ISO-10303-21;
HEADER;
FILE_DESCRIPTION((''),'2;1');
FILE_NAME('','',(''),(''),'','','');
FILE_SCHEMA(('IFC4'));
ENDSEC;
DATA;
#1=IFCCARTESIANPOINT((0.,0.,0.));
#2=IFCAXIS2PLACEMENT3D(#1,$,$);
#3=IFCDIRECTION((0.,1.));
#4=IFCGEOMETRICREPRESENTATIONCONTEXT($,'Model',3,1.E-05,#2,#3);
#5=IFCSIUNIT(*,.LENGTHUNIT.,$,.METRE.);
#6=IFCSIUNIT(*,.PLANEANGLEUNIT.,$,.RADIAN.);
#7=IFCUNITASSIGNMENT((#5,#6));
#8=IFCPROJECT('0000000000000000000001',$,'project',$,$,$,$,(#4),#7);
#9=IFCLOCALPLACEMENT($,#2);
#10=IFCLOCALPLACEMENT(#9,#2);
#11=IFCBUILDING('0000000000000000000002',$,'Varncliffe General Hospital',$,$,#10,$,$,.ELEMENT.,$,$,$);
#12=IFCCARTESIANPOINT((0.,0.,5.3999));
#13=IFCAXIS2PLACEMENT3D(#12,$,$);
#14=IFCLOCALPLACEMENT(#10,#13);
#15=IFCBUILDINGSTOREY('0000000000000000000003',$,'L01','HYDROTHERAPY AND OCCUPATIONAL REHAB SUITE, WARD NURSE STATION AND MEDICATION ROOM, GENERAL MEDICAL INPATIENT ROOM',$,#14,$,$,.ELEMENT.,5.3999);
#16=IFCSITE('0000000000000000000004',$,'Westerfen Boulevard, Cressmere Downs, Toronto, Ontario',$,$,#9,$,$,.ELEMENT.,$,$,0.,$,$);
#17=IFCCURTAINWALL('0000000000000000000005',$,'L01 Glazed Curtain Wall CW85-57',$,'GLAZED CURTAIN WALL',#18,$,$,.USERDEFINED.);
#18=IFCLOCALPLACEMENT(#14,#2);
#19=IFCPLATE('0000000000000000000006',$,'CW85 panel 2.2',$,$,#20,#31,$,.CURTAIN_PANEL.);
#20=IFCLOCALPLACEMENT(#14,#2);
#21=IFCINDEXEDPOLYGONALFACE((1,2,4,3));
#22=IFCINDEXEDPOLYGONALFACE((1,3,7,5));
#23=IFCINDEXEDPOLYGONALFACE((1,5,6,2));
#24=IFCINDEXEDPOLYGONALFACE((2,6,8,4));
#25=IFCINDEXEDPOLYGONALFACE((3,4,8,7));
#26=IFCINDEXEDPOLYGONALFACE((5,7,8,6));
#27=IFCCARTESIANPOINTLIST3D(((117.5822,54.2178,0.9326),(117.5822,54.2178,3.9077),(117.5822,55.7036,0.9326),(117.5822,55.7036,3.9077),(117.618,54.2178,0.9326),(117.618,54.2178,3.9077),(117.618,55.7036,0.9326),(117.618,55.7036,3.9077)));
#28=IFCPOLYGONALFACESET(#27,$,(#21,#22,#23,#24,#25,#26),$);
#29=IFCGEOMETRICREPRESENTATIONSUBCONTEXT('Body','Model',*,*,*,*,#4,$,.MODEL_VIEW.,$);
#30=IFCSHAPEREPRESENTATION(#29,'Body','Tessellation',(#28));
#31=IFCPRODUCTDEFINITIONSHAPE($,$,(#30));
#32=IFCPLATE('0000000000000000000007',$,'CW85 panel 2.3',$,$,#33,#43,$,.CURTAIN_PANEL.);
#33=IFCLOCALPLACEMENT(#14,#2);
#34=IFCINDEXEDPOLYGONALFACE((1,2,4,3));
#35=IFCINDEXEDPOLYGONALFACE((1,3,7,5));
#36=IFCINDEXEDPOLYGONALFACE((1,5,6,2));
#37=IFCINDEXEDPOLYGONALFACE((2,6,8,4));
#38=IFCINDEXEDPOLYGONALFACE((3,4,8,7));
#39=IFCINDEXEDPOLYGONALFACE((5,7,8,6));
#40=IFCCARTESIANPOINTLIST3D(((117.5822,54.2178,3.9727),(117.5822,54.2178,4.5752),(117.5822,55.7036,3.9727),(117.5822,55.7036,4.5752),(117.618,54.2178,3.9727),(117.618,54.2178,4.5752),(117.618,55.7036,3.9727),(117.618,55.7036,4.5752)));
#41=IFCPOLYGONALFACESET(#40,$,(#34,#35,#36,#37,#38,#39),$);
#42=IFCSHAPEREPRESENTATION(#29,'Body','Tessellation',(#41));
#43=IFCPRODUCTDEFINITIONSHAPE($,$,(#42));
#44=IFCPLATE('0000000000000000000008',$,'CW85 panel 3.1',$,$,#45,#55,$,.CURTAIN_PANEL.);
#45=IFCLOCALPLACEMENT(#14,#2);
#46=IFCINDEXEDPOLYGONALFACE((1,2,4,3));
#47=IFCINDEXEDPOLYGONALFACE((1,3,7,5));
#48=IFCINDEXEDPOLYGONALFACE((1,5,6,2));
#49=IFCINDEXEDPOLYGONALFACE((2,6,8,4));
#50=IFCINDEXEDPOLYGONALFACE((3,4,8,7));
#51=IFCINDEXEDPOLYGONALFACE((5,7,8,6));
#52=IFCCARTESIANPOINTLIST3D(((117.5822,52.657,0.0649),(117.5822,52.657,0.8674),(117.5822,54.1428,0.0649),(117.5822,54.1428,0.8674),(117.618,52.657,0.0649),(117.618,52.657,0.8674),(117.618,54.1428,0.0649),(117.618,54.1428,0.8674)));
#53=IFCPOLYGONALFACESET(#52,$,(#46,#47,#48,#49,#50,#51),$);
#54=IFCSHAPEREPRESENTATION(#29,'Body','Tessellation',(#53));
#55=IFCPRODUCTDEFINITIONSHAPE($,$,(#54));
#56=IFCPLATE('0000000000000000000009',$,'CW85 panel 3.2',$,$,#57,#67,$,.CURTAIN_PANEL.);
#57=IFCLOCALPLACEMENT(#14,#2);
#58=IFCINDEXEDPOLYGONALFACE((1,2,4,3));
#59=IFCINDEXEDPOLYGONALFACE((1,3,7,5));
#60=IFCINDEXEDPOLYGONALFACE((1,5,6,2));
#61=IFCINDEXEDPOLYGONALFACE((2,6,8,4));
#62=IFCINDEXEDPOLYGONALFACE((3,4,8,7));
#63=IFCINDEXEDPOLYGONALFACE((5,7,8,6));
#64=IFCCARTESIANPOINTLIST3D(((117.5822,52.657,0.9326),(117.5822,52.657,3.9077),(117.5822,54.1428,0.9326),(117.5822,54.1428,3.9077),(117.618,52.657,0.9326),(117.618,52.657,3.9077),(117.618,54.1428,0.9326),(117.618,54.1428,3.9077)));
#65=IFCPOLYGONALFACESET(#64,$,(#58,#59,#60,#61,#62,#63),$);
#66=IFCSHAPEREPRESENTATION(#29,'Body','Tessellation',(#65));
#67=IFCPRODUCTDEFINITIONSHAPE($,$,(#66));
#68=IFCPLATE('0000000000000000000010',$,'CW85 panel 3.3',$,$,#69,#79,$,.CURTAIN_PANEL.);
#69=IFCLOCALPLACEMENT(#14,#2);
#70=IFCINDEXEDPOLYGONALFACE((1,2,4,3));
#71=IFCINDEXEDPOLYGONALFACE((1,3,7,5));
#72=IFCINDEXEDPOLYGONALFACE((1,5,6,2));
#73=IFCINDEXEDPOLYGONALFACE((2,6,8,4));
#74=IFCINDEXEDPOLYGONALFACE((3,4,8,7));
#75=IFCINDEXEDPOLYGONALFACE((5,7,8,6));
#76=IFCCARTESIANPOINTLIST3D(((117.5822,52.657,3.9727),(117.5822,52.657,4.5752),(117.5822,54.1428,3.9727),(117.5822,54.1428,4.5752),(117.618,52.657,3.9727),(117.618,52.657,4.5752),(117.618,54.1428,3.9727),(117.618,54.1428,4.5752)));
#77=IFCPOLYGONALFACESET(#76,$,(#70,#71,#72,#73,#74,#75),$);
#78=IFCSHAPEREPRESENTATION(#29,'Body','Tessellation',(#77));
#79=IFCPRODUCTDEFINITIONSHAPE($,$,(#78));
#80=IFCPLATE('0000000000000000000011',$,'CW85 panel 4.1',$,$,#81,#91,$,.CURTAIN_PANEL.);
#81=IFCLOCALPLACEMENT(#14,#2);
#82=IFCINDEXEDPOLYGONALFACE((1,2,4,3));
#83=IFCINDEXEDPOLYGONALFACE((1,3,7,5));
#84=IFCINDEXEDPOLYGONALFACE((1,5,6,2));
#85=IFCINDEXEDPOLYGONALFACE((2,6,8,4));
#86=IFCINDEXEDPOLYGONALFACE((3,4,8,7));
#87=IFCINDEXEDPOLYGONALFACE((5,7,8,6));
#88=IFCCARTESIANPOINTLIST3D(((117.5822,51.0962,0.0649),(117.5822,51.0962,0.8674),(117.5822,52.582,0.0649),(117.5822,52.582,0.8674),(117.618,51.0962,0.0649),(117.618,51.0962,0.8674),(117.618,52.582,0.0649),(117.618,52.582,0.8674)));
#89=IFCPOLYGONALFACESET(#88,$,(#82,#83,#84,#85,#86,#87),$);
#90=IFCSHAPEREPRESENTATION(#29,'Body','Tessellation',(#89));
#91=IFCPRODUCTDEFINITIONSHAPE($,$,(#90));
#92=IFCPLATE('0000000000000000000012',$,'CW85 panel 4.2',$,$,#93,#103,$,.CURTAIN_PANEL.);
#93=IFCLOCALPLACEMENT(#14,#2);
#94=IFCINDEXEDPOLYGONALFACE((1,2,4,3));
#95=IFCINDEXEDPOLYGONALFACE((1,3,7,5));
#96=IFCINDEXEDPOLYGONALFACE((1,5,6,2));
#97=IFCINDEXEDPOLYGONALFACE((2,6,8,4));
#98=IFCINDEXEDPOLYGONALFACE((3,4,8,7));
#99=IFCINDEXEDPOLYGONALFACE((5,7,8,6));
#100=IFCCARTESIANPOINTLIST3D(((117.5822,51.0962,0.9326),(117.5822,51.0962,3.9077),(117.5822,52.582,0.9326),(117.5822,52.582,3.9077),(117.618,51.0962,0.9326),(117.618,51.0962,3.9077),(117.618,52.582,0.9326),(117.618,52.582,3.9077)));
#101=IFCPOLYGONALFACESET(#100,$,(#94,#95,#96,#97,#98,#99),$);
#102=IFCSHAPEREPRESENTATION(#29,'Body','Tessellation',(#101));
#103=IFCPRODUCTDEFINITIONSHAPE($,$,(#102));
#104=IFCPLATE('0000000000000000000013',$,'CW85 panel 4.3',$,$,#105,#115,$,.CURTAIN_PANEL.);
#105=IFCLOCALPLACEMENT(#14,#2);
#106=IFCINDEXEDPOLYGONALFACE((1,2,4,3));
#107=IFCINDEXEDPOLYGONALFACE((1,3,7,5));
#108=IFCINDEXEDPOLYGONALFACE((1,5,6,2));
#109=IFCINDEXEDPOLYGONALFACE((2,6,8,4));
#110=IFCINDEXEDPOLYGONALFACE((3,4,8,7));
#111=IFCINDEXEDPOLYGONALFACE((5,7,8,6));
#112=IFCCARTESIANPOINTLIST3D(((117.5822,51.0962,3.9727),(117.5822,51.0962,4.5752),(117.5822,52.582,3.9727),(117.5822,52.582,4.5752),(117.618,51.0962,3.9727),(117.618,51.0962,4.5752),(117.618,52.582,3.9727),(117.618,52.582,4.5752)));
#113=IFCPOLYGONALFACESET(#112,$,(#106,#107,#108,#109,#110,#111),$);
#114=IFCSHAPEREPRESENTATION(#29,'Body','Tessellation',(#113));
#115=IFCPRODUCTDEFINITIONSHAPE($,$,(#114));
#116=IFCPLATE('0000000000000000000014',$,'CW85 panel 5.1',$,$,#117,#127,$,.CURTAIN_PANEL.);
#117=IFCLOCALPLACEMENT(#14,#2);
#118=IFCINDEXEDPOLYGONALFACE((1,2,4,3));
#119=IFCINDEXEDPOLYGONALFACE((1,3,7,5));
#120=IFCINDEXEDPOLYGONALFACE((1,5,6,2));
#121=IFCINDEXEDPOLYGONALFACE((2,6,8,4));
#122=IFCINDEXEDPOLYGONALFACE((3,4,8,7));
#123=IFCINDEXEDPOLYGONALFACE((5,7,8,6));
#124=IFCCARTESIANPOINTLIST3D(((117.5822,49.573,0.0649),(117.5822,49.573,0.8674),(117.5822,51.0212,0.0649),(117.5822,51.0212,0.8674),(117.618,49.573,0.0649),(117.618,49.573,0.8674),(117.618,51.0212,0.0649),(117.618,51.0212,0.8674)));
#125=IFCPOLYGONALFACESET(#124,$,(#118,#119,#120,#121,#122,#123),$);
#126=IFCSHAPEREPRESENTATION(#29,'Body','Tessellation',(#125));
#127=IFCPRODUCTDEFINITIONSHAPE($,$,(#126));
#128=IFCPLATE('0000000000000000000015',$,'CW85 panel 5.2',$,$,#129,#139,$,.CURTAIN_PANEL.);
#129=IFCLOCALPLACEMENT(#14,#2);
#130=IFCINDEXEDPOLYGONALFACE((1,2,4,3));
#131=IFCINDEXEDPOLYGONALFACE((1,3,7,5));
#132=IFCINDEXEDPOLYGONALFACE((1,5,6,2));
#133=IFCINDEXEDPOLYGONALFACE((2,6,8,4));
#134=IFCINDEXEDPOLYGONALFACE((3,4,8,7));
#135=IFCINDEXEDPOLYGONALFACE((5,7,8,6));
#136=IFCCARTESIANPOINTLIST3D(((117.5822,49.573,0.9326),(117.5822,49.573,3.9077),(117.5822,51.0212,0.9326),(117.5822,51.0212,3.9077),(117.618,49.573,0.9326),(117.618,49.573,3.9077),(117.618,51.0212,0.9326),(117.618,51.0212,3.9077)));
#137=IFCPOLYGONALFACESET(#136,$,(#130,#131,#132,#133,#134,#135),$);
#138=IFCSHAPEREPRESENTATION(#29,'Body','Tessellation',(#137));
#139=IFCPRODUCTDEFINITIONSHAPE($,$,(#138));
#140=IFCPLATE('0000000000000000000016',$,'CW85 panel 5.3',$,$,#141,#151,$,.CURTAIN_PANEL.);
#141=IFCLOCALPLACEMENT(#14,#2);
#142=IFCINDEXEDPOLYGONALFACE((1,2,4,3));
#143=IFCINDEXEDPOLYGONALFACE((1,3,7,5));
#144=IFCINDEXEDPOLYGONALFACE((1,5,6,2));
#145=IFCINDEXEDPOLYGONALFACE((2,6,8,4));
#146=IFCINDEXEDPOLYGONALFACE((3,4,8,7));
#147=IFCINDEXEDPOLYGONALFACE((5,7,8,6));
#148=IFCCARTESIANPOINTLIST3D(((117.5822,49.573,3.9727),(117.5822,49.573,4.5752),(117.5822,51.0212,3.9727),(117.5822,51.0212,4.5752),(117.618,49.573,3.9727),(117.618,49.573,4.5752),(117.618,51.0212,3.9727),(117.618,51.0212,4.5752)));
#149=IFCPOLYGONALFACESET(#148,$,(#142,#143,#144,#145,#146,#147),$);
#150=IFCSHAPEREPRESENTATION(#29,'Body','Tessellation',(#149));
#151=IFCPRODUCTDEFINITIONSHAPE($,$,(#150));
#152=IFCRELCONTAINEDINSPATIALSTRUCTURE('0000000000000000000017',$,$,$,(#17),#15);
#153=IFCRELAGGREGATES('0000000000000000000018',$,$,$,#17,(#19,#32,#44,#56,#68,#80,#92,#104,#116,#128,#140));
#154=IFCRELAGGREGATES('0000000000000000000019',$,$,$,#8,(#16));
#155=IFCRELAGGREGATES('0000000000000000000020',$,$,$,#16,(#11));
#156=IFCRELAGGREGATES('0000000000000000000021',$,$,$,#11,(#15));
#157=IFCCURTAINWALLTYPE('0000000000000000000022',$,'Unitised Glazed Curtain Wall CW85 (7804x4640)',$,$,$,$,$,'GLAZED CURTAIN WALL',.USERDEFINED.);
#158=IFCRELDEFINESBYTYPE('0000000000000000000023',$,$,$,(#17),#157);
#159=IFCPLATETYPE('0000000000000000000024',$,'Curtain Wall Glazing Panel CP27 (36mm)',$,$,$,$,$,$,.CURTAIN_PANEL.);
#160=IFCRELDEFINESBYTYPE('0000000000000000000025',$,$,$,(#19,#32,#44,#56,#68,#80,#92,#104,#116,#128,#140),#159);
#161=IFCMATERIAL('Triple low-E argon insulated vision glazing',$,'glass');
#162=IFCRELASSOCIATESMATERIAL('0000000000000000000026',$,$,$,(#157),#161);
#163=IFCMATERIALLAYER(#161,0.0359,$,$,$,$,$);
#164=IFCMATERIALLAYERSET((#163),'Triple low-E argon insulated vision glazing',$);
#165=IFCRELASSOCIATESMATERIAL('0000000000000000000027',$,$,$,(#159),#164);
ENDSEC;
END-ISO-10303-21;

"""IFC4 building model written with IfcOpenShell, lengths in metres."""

from ifc_helpers import new_model, si_unit, direction, frame, origin, origin_2d, place, context, subcontext, project, spatial, rectangle, extrude, material, layer, layer_set, type_object, element, aggregate, save


model = new_model("IFC4")

# Units and contexts
model_context = context("Model", 3, precision=1e-05, world=origin(), true_north=direction((0.0, 1.0)))
body_context = subcontext(model_context, "Body", "Model", "MODEL_VIEW")
ifc_project = project(units=[si_unit("LENGTHUNIT", "METRE"), si_unit("PLANEANGLEUNIT", "RADIAN")], contexts=[model_context])

# Site, building, storey
site_placement = place(None, origin())
site = spatial("IfcSite", under=ifc_project, at=site_placement, Name="Westerfen Boulevard, Cressmere Downs, Toronto, Ontario", CompositionType="ELEMENT", RefElevation=0.0)
building_placement = place(site_placement, origin())
building = spatial("IfcBuilding", under=site, at=building_placement, Name="Varncliffe General Hospital", CompositionType="ELEMENT")
storey_placement = place(building_placement, frame((0.0, 0.0, 5.3999)))
storey = spatial("IfcBuildingStorey", under=building, at=storey_placement, Name="L01", Description="HYDROTHERAPY AND OCCUPATIONAL REHAB SUITE, WARD NURSE STATION AND MEDICATION ROOM, GENERAL MEDICAL INPATIENT ROOM", CompositionType="ELEMENT", Elevation=5.3999)

# Shared definitions
ifc_material_1 = material(Name="Triple low-E argon insulated vision glazing", Category="glass")

# Curtain wall
curtain_wall_type_1 = type_object("IfcCurtainWallType", Name="Unitised Glazed Curtain Wall CW85 (7804x4640)", ElementType="GLAZED CURTAIN WALL", PredefinedType="USERDEFINED", material=ifc_material_1)
curtain_wall_1_placement = place(storey_placement, origin())
curtain_wall_1 = element("IfcCurtainWall", 1, at=curtain_wall_1_placement, inside=storey, type_object=curtain_wall_type_1, Name="L01 Glazed Curtain Wall CW85-57", ObjectType="GLAZED CURTAIN WALL", PredefinedType="USERDEFINED")

# Plates
ifc_layer = layer(ifc_material_1, 0.0359)
ifc_layer_set = layer_set([ifc_layer], Name="Triple low-E argon insulated vision glazing")
plate_type = type_object("IfcPlateType", Name="Curtain Wall Glazing Panel CP27 (36mm)", PredefinedType="CURTAIN_PANEL", material=ifc_layer_set)
plate_1_placement = place(storey_placement, frame((117.6001, 54.9607, 0.9326), z_axis=(0.0, 0.0, 1.0), x_axis=(0.0, -1.0, 0.0)))
plate_1 = element("IfcPlate", 2, at=plate_1_placement, type_object=plate_type, Name="CW85 panel 2.2", PredefinedType="CURTAIN_PANEL", context=body_context, shape_type="SweptSolid", body=[
    extrude(rectangle(XDim=1.4858, YDim=0.0359, at=origin_2d()), origin(), (0.0, 0.0, 1.0), 2.9751),
])
plate_2_placement = place(storey_placement, frame((117.6001, 54.9607, 3.9727), z_axis=(0.0, 0.0, 1.0), x_axis=(0.0, -1.0, 0.0)))
plate_2 = element("IfcPlate", 3, at=plate_2_placement, type_object=plate_type, Name="CW85 panel 2.3", PredefinedType="CURTAIN_PANEL", context=body_context, shape_type="SweptSolid", body=[
    extrude(rectangle(XDim=1.4858, YDim=0.0359, at=origin_2d()), origin(), (0.0, 0.0, 1.0), 0.6025),
])
plate_3_placement = place(storey_placement, frame((117.6001, 53.3999, 0.0649), z_axis=(0.0, 0.0, 1.0), x_axis=(0.0, -1.0, 0.0)))
plate_3 = element("IfcPlate", 4, at=plate_3_placement, type_object=plate_type, Name="CW85 panel 3.1", PredefinedType="CURTAIN_PANEL", context=body_context, shape_type="SweptSolid", body=[
    extrude(rectangle(XDim=1.4858, YDim=0.0359, at=origin_2d()), origin(), (0.0, 0.0, 1.0), 0.8025),
])
plate_4_placement = place(storey_placement, frame((117.6001, 53.3999, 0.9326), z_axis=(0.0, 0.0, 1.0), x_axis=(0.0, -1.0, 0.0)))
plate_4 = element("IfcPlate", 5, at=plate_4_placement, type_object=plate_type, Name="CW85 panel 3.2", PredefinedType="CURTAIN_PANEL", context=body_context, shape_type="SweptSolid", body=[
    extrude(rectangle(XDim=1.4858, YDim=0.0359, at=origin_2d()), origin(), (0.0, 0.0, 1.0), 2.9751),
])
plate_5_placement = place(storey_placement, frame((117.6001, 53.3999, 3.9727), z_axis=(0.0, 0.0, 1.0), x_axis=(0.0, -1.0, 0.0)))
plate_5 = element("IfcPlate", 6, at=plate_5_placement, type_object=plate_type, Name="CW85 panel 3.3", PredefinedType="CURTAIN_PANEL", context=body_context, shape_type="SweptSolid", body=[
    extrude(rectangle(XDim=1.4858, YDim=0.0359, at=origin_2d()), origin(), (0.0, 0.0, 1.0), 0.6025),
])
plate_6_placement = place(storey_placement, frame((117.6001, 51.8391, 0.0649), z_axis=(0.0, 0.0, 1.0), x_axis=(0.0, -1.0, 0.0)))
plate_6 = element("IfcPlate", 7, at=plate_6_placement, type_object=plate_type, Name="CW85 panel 4.1", PredefinedType="CURTAIN_PANEL", context=body_context, shape_type="SweptSolid", body=[
    extrude(rectangle(XDim=1.4858, YDim=0.0359, at=origin_2d()), origin(), (0.0, 0.0, 1.0), 0.8025),
])
plate_7_placement = place(storey_placement, frame((117.6001, 51.8391, 0.9326), z_axis=(0.0, 0.0, 1.0), x_axis=(0.0, -1.0, 0.0)))
plate_7 = element("IfcPlate", 8, at=plate_7_placement, type_object=plate_type, Name="CW85 panel 4.2", PredefinedType="CURTAIN_PANEL", context=body_context, shape_type="SweptSolid", body=[
    extrude(rectangle(XDim=1.4858, YDim=0.0359, at=origin_2d()), origin(), (0.0, 0.0, 1.0), 2.9751),
])
plate_8_placement = place(storey_placement, frame((117.6001, 51.8391, 3.9727), z_axis=(0.0, 0.0, 1.0), x_axis=(0.0, -1.0, 0.0)))
plate_8 = element("IfcPlate", 9, at=plate_8_placement, type_object=plate_type, Name="CW85 panel 4.3", PredefinedType="CURTAIN_PANEL", context=body_context, shape_type="SweptSolid", body=[
    extrude(rectangle(XDim=1.4858, YDim=0.0359, at=origin_2d()), origin(), (0.0, 0.0, 1.0), 0.6025),
])
plate_9_placement = place(storey_placement, frame((117.6001, 50.2971, 0.0649), z_axis=(0.0, 0.0, 1.0), x_axis=(0.0, -1.0, 0.0)))
plate_9 = element("IfcPlate", 10, at=plate_9_placement, type_object=plate_type, Name="CW85 panel 5.1", PredefinedType="CURTAIN_PANEL", context=body_context, shape_type="SweptSolid", body=[
    extrude(rectangle(XDim=1.4482, YDim=0.0359, at=origin_2d()), origin(), (0.0, 0.0, 1.0), 0.8025),
])
plate_10_placement = place(storey_placement, frame((117.6001, 50.2971, 0.9326), z_axis=(0.0, 0.0, 1.0), x_axis=(0.0, -1.0, 0.0)))
plate_10 = element("IfcPlate", 11, at=plate_10_placement, type_object=plate_type, Name="CW85 panel 5.2", PredefinedType="CURTAIN_PANEL", context=body_context, shape_type="SweptSolid", body=[
    extrude(rectangle(XDim=1.4482, YDim=0.0359, at=origin_2d()), origin(), (0.0, 0.0, 1.0), 2.9751),
])
plate_11_placement = place(storey_placement, frame((117.6001, 50.2971, 3.9727), z_axis=(0.0, 0.0, 1.0), x_axis=(0.0, -1.0, 0.0)))
plate_11 = element("IfcPlate", 12, at=plate_11_placement, type_object=plate_type, Name="CW85 panel 5.3", PredefinedType="CURTAIN_PANEL", context=body_context, shape_type="SweptSolid", body=[
    extrude(rectangle(XDim=1.4482, YDim=0.0359, at=origin_2d()), origin(), (0.0, 0.0, 1.0), 0.6025),
])
aggregate(curtain_wall_1, [plate_1, plate_2, plate_3, plate_4, plate_5, plate_6, plate_7, plate_8, plate_9, plate_10, plate_11])

save(model, "model.ifc")
